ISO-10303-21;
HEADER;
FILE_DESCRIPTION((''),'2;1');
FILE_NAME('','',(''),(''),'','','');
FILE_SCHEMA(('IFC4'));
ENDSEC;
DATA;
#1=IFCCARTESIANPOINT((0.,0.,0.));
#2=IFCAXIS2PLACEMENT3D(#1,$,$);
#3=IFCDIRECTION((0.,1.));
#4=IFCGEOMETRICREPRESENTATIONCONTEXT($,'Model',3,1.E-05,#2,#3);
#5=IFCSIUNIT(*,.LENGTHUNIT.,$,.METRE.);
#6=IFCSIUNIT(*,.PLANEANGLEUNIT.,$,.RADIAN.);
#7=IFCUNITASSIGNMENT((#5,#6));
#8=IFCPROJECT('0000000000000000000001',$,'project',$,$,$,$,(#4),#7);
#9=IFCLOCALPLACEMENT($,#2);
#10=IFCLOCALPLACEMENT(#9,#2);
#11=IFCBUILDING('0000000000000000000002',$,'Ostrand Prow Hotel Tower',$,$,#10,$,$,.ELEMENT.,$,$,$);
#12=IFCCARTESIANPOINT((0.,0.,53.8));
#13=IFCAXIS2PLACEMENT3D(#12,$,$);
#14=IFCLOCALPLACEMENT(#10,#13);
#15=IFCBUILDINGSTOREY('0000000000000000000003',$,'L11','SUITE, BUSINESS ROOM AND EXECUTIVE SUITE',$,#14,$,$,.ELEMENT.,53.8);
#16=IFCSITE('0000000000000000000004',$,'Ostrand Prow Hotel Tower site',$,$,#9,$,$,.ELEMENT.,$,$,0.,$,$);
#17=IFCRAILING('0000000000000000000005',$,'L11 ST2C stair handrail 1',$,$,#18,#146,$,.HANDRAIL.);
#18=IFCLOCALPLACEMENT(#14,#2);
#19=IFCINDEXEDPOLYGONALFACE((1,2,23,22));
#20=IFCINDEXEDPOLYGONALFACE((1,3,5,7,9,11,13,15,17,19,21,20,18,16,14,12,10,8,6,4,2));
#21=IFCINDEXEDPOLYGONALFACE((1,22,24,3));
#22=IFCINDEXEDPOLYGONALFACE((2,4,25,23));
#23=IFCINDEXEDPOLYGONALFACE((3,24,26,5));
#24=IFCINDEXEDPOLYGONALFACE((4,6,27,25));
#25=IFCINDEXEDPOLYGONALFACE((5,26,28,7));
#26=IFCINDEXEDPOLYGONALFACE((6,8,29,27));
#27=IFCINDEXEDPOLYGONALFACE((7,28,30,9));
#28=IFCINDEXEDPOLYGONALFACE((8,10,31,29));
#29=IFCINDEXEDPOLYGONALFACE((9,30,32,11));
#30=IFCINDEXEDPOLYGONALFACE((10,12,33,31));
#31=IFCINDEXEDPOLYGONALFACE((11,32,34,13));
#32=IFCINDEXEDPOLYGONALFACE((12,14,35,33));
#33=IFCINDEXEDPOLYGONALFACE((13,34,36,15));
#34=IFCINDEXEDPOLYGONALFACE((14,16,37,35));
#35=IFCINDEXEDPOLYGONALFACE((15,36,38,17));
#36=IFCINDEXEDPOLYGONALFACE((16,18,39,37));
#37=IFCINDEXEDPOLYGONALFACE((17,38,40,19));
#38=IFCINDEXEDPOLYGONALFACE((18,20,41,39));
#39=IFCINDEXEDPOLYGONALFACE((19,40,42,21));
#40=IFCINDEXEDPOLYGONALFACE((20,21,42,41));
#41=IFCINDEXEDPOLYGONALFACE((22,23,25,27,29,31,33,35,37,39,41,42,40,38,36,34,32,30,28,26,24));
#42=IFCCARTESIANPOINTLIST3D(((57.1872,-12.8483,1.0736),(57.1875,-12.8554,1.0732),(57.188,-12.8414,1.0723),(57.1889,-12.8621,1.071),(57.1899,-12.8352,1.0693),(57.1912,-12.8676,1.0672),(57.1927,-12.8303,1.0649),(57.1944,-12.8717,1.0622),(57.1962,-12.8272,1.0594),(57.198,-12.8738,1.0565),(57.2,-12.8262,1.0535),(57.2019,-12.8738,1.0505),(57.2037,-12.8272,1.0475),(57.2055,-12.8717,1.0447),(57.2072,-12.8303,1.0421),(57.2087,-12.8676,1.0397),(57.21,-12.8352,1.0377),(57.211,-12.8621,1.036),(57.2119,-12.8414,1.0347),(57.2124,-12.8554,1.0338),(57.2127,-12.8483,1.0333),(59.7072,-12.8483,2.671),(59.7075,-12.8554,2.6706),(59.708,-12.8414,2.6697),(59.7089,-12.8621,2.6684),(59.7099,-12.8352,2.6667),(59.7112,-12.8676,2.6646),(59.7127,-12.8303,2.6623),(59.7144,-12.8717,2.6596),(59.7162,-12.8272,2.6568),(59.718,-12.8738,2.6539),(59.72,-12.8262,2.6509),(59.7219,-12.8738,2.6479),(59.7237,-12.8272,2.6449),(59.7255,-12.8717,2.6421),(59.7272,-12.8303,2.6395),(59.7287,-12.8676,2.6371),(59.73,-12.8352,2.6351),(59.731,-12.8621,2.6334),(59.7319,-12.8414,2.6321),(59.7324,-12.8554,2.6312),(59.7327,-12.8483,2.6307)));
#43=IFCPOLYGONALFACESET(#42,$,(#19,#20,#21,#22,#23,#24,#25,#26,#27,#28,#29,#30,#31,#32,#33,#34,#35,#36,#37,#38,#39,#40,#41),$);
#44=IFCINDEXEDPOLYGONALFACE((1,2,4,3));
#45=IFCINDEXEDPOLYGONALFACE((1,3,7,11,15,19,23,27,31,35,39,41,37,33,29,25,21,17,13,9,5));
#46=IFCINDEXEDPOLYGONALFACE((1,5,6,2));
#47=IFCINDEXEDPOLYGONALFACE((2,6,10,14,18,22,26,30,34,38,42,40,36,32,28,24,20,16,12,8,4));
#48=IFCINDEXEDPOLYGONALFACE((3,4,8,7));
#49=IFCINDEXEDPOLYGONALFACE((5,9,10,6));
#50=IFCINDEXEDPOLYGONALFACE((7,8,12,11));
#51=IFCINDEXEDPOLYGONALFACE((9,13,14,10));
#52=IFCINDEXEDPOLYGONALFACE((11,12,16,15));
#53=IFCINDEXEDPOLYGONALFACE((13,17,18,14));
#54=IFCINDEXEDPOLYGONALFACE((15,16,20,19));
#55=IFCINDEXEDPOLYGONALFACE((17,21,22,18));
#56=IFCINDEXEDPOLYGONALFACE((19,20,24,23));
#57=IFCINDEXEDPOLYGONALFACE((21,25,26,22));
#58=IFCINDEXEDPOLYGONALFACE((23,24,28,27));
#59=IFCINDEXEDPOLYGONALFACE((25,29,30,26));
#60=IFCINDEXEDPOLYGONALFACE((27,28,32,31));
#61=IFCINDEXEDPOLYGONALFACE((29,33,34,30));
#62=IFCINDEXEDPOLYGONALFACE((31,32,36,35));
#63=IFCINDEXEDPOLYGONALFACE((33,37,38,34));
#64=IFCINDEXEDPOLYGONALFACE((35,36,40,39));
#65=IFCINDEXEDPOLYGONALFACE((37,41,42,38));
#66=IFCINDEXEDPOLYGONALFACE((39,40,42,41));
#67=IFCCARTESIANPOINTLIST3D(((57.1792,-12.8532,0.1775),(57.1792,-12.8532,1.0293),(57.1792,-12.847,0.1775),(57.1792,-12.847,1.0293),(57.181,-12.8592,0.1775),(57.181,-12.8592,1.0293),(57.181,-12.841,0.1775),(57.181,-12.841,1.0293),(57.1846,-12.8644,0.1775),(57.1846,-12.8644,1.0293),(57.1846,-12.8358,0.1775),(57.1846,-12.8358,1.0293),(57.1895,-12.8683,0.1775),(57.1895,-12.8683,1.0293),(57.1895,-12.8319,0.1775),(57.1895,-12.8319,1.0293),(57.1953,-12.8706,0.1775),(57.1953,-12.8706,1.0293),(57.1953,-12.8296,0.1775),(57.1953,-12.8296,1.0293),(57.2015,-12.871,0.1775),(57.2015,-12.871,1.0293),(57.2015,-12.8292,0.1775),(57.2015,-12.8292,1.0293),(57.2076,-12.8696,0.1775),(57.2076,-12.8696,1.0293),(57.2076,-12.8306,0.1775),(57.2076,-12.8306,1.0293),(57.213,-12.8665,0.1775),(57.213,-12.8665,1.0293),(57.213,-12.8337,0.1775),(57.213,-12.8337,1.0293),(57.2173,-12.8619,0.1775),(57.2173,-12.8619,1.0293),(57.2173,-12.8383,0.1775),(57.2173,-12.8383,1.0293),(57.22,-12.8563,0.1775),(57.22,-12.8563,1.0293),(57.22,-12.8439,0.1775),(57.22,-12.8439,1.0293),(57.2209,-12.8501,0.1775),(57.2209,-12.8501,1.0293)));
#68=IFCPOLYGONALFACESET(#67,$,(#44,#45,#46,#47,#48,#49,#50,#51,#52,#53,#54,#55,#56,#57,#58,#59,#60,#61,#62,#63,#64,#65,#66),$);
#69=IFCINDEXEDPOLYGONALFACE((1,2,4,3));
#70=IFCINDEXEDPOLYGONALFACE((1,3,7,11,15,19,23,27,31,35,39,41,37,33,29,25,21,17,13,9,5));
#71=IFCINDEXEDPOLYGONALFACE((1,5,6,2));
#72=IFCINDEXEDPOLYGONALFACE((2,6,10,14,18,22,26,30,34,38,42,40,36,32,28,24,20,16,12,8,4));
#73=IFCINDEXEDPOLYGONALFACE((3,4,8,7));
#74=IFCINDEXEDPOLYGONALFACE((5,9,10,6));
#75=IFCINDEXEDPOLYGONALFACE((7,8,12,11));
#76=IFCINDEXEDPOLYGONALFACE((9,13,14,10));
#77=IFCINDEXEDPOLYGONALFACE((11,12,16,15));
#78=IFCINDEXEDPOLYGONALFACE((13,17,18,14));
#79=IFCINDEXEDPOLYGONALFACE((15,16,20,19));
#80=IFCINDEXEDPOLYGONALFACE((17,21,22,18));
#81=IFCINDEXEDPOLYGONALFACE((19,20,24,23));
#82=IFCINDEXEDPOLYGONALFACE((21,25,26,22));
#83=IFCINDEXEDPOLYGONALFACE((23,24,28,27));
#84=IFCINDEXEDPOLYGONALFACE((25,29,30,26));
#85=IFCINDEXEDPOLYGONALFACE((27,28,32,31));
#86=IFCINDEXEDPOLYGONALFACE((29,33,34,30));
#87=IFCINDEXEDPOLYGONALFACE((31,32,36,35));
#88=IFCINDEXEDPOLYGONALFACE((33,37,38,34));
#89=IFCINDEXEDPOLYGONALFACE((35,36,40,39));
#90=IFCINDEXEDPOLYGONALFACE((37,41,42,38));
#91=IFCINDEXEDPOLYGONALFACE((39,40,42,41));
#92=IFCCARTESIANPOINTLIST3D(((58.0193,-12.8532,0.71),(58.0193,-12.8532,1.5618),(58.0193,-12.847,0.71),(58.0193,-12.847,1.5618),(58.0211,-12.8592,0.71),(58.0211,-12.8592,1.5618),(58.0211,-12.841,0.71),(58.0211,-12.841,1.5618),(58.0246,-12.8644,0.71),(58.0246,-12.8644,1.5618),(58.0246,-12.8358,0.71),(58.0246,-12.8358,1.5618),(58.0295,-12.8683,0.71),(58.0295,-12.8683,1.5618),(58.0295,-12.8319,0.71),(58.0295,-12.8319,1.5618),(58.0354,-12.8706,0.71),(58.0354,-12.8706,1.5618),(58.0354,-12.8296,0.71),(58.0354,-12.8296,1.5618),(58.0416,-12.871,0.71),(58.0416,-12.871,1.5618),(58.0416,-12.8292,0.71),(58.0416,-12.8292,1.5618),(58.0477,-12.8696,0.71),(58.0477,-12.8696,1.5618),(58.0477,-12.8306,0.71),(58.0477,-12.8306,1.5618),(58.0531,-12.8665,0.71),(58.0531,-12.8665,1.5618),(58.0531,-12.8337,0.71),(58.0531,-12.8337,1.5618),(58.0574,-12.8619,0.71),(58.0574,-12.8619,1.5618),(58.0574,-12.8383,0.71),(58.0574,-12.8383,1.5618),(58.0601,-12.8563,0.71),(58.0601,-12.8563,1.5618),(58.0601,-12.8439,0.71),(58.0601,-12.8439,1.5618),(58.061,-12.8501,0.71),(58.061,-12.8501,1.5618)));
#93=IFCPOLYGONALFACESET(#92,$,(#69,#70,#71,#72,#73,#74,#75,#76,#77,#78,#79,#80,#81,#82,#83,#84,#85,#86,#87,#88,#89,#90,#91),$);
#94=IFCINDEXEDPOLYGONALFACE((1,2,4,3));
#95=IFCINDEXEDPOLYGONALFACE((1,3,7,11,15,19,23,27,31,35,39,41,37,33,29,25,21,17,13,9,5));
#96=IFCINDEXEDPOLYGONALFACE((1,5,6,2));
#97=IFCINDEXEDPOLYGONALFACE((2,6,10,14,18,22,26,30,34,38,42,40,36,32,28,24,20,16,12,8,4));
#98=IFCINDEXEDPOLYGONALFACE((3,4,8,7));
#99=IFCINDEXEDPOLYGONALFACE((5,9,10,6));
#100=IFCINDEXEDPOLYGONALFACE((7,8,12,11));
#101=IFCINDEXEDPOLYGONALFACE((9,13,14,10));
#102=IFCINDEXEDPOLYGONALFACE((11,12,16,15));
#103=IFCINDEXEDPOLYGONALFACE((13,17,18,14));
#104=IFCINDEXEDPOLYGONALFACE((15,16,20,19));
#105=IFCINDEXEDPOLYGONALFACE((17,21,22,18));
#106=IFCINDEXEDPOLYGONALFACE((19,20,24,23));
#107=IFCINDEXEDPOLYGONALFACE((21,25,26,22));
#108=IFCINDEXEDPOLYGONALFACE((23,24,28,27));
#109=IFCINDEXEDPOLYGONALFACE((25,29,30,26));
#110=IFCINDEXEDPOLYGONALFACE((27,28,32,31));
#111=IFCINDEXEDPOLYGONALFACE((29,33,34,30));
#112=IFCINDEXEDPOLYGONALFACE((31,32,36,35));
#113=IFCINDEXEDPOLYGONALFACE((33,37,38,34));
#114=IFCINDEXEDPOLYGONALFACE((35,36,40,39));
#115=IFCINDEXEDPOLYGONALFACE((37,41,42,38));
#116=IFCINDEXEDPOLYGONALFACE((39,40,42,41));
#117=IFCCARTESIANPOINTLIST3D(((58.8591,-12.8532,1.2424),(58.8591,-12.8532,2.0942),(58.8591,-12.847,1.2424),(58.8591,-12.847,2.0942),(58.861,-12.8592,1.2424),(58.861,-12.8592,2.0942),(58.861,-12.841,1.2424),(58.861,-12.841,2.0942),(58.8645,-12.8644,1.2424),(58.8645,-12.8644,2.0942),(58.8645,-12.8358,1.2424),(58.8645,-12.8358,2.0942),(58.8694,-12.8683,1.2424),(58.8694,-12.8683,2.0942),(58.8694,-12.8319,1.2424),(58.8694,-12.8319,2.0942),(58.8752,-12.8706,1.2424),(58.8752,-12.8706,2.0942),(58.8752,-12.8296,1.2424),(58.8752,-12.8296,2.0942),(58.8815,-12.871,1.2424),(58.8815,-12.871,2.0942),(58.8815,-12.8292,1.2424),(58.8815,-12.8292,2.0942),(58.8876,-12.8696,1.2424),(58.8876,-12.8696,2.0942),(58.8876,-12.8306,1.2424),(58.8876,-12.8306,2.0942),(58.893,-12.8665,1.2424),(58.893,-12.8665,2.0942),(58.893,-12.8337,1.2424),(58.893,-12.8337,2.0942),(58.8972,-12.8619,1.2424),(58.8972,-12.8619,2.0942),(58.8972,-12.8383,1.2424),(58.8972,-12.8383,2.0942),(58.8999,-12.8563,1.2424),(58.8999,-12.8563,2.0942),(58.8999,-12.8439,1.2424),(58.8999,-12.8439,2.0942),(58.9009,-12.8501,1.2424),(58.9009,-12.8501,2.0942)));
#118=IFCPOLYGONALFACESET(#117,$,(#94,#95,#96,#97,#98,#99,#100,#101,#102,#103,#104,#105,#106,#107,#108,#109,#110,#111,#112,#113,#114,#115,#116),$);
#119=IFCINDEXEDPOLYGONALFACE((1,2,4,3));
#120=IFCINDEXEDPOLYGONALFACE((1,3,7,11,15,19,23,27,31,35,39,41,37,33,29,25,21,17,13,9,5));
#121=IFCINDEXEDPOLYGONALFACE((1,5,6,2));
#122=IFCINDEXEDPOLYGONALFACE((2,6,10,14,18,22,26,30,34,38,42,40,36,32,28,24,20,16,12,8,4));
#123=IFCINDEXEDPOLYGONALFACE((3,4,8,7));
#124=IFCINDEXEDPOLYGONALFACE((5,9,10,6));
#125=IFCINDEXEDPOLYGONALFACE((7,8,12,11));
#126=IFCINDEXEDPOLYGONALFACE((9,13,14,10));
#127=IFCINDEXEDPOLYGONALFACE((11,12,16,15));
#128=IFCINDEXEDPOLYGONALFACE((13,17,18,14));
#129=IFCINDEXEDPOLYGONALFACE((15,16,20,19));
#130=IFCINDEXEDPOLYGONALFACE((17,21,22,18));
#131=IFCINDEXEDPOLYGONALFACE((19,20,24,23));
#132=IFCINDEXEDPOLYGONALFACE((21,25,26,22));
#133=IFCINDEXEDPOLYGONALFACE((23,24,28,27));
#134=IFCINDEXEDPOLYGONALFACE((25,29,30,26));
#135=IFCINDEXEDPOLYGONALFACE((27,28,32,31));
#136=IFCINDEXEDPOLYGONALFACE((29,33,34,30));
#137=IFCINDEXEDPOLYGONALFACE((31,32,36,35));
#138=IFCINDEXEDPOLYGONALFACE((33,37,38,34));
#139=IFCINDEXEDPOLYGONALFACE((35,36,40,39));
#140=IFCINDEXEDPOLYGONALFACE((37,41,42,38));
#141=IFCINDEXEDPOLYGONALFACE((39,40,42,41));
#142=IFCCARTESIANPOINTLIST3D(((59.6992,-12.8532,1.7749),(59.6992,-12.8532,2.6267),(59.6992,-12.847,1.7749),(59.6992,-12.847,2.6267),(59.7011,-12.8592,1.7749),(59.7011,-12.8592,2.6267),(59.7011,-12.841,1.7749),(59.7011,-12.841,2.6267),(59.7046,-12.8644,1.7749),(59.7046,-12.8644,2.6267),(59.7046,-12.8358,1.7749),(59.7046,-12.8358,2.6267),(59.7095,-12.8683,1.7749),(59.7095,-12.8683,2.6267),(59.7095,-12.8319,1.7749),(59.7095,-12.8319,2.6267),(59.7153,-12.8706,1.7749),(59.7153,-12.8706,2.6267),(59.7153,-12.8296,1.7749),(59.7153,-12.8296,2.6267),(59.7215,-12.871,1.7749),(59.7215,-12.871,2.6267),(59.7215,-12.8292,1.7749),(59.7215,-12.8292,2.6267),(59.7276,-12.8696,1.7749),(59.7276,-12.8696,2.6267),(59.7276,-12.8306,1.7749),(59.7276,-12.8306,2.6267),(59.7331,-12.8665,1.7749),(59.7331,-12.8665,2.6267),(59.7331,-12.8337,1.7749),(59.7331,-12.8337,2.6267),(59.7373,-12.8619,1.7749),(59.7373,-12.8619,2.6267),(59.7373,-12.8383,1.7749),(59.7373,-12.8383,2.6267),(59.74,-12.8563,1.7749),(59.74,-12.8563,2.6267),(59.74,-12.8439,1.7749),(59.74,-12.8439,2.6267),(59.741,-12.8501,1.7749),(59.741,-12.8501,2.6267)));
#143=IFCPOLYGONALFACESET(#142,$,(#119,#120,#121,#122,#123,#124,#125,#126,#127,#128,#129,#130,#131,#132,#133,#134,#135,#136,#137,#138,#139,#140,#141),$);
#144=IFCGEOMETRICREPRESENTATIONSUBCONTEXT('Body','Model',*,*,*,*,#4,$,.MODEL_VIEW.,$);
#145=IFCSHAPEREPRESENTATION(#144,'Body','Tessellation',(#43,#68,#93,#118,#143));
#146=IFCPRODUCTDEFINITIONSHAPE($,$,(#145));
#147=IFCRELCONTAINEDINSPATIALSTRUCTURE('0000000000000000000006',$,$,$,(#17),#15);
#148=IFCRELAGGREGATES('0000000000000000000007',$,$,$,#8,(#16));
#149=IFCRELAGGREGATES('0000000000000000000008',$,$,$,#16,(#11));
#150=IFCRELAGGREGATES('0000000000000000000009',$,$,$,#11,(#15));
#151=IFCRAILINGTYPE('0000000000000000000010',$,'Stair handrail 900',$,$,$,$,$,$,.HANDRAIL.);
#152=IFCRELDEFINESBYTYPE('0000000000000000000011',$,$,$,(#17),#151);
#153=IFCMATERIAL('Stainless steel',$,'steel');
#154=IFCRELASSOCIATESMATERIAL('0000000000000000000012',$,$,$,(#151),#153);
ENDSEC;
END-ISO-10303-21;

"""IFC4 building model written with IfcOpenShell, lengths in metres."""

from ifc_helpers import new_model, si_unit, direction, frame, origin, origin_2d, place, context, subcontext, project, spatial, circle, extrude, material, type_object, element, save


model = new_model("IFC4")

# Units and contexts
model_context = context("Model", 3, precision=1e-05, world=origin(), true_north=direction((0.0, 1.0)))
body_context = subcontext(model_context, "Body", "Model", "MODEL_VIEW")
ifc_project = project(units=[si_unit("LENGTHUNIT", "METRE"), si_unit("PLANEANGLEUNIT", "RADIAN")], contexts=[model_context])

# Site, building, storey
site_placement = place(None, origin())
site = spatial("IfcSite", under=ifc_project, at=site_placement, Name="Ostrand Prow Hotel Tower site", CompositionType="ELEMENT", RefElevation=0.0)
building_placement = place(site_placement, origin())
building = spatial("IfcBuilding", under=site, at=building_placement, Name="Ostrand Prow Hotel Tower", CompositionType="ELEMENT")
storey_placement = place(building_placement, frame((0.0, 0.0, 53.8)))
storey = spatial("IfcBuildingStorey", under=building, at=storey_placement, Name="L11", Description="SUITE, BUSINESS ROOM AND EXECUTIVE SUITE", CompositionType="ELEMENT", Elevation=53.8)

# Railing
ifc_material_1 = material(Name="Stainless steel", Category="steel")
railing_type_1 = type_object("IfcRailingType", Name="Stair handrail 900", PredefinedType="HANDRAIL", material=ifc_material_1)
railing_1_placement = place(storey_placement, frame((57.2, -12.8501, 0.1775)))
element("IfcRailing", 1, at=railing_1_placement, inside=storey, type_object=railing_type_1, Name="L11 ST2C stair handrail 1", PredefinedType="HANDRAIL", context=body_context, shape_type="SweptSolid", body=[
    extrude(circle(Radius=0.0239, at=origin_2d()), frame((0.0, 0.0, 0.876), z_axis=(0.844607, 0.0, 0.535387), x_axis=(0.0, 1.0, 0.0)), (0.0, 0.0, 1.0), 2.9836),
    extrude(circle(Radius=0.021, at=origin_2d()), origin(), (0.0, 0.0, 1.0), 0.8518),
    extrude(circle(Radius=0.021, at=origin_2d()), frame((0.8401, 0.0, 0.5325)), (0.0, 0.0, 1.0), 0.8518),
    extrude(circle(Radius=0.021, at=origin_2d()), frame((1.6799, 0.0, 1.0649)), (0.0, 0.0, 1.0), 0.8518),
    extrude(circle(Radius=0.021, at=origin_2d()), frame((2.52, 0.0, 1.5974)), (0.0, 0.0, 1.0), 0.8518),
])

save(model, "model.ifc")
